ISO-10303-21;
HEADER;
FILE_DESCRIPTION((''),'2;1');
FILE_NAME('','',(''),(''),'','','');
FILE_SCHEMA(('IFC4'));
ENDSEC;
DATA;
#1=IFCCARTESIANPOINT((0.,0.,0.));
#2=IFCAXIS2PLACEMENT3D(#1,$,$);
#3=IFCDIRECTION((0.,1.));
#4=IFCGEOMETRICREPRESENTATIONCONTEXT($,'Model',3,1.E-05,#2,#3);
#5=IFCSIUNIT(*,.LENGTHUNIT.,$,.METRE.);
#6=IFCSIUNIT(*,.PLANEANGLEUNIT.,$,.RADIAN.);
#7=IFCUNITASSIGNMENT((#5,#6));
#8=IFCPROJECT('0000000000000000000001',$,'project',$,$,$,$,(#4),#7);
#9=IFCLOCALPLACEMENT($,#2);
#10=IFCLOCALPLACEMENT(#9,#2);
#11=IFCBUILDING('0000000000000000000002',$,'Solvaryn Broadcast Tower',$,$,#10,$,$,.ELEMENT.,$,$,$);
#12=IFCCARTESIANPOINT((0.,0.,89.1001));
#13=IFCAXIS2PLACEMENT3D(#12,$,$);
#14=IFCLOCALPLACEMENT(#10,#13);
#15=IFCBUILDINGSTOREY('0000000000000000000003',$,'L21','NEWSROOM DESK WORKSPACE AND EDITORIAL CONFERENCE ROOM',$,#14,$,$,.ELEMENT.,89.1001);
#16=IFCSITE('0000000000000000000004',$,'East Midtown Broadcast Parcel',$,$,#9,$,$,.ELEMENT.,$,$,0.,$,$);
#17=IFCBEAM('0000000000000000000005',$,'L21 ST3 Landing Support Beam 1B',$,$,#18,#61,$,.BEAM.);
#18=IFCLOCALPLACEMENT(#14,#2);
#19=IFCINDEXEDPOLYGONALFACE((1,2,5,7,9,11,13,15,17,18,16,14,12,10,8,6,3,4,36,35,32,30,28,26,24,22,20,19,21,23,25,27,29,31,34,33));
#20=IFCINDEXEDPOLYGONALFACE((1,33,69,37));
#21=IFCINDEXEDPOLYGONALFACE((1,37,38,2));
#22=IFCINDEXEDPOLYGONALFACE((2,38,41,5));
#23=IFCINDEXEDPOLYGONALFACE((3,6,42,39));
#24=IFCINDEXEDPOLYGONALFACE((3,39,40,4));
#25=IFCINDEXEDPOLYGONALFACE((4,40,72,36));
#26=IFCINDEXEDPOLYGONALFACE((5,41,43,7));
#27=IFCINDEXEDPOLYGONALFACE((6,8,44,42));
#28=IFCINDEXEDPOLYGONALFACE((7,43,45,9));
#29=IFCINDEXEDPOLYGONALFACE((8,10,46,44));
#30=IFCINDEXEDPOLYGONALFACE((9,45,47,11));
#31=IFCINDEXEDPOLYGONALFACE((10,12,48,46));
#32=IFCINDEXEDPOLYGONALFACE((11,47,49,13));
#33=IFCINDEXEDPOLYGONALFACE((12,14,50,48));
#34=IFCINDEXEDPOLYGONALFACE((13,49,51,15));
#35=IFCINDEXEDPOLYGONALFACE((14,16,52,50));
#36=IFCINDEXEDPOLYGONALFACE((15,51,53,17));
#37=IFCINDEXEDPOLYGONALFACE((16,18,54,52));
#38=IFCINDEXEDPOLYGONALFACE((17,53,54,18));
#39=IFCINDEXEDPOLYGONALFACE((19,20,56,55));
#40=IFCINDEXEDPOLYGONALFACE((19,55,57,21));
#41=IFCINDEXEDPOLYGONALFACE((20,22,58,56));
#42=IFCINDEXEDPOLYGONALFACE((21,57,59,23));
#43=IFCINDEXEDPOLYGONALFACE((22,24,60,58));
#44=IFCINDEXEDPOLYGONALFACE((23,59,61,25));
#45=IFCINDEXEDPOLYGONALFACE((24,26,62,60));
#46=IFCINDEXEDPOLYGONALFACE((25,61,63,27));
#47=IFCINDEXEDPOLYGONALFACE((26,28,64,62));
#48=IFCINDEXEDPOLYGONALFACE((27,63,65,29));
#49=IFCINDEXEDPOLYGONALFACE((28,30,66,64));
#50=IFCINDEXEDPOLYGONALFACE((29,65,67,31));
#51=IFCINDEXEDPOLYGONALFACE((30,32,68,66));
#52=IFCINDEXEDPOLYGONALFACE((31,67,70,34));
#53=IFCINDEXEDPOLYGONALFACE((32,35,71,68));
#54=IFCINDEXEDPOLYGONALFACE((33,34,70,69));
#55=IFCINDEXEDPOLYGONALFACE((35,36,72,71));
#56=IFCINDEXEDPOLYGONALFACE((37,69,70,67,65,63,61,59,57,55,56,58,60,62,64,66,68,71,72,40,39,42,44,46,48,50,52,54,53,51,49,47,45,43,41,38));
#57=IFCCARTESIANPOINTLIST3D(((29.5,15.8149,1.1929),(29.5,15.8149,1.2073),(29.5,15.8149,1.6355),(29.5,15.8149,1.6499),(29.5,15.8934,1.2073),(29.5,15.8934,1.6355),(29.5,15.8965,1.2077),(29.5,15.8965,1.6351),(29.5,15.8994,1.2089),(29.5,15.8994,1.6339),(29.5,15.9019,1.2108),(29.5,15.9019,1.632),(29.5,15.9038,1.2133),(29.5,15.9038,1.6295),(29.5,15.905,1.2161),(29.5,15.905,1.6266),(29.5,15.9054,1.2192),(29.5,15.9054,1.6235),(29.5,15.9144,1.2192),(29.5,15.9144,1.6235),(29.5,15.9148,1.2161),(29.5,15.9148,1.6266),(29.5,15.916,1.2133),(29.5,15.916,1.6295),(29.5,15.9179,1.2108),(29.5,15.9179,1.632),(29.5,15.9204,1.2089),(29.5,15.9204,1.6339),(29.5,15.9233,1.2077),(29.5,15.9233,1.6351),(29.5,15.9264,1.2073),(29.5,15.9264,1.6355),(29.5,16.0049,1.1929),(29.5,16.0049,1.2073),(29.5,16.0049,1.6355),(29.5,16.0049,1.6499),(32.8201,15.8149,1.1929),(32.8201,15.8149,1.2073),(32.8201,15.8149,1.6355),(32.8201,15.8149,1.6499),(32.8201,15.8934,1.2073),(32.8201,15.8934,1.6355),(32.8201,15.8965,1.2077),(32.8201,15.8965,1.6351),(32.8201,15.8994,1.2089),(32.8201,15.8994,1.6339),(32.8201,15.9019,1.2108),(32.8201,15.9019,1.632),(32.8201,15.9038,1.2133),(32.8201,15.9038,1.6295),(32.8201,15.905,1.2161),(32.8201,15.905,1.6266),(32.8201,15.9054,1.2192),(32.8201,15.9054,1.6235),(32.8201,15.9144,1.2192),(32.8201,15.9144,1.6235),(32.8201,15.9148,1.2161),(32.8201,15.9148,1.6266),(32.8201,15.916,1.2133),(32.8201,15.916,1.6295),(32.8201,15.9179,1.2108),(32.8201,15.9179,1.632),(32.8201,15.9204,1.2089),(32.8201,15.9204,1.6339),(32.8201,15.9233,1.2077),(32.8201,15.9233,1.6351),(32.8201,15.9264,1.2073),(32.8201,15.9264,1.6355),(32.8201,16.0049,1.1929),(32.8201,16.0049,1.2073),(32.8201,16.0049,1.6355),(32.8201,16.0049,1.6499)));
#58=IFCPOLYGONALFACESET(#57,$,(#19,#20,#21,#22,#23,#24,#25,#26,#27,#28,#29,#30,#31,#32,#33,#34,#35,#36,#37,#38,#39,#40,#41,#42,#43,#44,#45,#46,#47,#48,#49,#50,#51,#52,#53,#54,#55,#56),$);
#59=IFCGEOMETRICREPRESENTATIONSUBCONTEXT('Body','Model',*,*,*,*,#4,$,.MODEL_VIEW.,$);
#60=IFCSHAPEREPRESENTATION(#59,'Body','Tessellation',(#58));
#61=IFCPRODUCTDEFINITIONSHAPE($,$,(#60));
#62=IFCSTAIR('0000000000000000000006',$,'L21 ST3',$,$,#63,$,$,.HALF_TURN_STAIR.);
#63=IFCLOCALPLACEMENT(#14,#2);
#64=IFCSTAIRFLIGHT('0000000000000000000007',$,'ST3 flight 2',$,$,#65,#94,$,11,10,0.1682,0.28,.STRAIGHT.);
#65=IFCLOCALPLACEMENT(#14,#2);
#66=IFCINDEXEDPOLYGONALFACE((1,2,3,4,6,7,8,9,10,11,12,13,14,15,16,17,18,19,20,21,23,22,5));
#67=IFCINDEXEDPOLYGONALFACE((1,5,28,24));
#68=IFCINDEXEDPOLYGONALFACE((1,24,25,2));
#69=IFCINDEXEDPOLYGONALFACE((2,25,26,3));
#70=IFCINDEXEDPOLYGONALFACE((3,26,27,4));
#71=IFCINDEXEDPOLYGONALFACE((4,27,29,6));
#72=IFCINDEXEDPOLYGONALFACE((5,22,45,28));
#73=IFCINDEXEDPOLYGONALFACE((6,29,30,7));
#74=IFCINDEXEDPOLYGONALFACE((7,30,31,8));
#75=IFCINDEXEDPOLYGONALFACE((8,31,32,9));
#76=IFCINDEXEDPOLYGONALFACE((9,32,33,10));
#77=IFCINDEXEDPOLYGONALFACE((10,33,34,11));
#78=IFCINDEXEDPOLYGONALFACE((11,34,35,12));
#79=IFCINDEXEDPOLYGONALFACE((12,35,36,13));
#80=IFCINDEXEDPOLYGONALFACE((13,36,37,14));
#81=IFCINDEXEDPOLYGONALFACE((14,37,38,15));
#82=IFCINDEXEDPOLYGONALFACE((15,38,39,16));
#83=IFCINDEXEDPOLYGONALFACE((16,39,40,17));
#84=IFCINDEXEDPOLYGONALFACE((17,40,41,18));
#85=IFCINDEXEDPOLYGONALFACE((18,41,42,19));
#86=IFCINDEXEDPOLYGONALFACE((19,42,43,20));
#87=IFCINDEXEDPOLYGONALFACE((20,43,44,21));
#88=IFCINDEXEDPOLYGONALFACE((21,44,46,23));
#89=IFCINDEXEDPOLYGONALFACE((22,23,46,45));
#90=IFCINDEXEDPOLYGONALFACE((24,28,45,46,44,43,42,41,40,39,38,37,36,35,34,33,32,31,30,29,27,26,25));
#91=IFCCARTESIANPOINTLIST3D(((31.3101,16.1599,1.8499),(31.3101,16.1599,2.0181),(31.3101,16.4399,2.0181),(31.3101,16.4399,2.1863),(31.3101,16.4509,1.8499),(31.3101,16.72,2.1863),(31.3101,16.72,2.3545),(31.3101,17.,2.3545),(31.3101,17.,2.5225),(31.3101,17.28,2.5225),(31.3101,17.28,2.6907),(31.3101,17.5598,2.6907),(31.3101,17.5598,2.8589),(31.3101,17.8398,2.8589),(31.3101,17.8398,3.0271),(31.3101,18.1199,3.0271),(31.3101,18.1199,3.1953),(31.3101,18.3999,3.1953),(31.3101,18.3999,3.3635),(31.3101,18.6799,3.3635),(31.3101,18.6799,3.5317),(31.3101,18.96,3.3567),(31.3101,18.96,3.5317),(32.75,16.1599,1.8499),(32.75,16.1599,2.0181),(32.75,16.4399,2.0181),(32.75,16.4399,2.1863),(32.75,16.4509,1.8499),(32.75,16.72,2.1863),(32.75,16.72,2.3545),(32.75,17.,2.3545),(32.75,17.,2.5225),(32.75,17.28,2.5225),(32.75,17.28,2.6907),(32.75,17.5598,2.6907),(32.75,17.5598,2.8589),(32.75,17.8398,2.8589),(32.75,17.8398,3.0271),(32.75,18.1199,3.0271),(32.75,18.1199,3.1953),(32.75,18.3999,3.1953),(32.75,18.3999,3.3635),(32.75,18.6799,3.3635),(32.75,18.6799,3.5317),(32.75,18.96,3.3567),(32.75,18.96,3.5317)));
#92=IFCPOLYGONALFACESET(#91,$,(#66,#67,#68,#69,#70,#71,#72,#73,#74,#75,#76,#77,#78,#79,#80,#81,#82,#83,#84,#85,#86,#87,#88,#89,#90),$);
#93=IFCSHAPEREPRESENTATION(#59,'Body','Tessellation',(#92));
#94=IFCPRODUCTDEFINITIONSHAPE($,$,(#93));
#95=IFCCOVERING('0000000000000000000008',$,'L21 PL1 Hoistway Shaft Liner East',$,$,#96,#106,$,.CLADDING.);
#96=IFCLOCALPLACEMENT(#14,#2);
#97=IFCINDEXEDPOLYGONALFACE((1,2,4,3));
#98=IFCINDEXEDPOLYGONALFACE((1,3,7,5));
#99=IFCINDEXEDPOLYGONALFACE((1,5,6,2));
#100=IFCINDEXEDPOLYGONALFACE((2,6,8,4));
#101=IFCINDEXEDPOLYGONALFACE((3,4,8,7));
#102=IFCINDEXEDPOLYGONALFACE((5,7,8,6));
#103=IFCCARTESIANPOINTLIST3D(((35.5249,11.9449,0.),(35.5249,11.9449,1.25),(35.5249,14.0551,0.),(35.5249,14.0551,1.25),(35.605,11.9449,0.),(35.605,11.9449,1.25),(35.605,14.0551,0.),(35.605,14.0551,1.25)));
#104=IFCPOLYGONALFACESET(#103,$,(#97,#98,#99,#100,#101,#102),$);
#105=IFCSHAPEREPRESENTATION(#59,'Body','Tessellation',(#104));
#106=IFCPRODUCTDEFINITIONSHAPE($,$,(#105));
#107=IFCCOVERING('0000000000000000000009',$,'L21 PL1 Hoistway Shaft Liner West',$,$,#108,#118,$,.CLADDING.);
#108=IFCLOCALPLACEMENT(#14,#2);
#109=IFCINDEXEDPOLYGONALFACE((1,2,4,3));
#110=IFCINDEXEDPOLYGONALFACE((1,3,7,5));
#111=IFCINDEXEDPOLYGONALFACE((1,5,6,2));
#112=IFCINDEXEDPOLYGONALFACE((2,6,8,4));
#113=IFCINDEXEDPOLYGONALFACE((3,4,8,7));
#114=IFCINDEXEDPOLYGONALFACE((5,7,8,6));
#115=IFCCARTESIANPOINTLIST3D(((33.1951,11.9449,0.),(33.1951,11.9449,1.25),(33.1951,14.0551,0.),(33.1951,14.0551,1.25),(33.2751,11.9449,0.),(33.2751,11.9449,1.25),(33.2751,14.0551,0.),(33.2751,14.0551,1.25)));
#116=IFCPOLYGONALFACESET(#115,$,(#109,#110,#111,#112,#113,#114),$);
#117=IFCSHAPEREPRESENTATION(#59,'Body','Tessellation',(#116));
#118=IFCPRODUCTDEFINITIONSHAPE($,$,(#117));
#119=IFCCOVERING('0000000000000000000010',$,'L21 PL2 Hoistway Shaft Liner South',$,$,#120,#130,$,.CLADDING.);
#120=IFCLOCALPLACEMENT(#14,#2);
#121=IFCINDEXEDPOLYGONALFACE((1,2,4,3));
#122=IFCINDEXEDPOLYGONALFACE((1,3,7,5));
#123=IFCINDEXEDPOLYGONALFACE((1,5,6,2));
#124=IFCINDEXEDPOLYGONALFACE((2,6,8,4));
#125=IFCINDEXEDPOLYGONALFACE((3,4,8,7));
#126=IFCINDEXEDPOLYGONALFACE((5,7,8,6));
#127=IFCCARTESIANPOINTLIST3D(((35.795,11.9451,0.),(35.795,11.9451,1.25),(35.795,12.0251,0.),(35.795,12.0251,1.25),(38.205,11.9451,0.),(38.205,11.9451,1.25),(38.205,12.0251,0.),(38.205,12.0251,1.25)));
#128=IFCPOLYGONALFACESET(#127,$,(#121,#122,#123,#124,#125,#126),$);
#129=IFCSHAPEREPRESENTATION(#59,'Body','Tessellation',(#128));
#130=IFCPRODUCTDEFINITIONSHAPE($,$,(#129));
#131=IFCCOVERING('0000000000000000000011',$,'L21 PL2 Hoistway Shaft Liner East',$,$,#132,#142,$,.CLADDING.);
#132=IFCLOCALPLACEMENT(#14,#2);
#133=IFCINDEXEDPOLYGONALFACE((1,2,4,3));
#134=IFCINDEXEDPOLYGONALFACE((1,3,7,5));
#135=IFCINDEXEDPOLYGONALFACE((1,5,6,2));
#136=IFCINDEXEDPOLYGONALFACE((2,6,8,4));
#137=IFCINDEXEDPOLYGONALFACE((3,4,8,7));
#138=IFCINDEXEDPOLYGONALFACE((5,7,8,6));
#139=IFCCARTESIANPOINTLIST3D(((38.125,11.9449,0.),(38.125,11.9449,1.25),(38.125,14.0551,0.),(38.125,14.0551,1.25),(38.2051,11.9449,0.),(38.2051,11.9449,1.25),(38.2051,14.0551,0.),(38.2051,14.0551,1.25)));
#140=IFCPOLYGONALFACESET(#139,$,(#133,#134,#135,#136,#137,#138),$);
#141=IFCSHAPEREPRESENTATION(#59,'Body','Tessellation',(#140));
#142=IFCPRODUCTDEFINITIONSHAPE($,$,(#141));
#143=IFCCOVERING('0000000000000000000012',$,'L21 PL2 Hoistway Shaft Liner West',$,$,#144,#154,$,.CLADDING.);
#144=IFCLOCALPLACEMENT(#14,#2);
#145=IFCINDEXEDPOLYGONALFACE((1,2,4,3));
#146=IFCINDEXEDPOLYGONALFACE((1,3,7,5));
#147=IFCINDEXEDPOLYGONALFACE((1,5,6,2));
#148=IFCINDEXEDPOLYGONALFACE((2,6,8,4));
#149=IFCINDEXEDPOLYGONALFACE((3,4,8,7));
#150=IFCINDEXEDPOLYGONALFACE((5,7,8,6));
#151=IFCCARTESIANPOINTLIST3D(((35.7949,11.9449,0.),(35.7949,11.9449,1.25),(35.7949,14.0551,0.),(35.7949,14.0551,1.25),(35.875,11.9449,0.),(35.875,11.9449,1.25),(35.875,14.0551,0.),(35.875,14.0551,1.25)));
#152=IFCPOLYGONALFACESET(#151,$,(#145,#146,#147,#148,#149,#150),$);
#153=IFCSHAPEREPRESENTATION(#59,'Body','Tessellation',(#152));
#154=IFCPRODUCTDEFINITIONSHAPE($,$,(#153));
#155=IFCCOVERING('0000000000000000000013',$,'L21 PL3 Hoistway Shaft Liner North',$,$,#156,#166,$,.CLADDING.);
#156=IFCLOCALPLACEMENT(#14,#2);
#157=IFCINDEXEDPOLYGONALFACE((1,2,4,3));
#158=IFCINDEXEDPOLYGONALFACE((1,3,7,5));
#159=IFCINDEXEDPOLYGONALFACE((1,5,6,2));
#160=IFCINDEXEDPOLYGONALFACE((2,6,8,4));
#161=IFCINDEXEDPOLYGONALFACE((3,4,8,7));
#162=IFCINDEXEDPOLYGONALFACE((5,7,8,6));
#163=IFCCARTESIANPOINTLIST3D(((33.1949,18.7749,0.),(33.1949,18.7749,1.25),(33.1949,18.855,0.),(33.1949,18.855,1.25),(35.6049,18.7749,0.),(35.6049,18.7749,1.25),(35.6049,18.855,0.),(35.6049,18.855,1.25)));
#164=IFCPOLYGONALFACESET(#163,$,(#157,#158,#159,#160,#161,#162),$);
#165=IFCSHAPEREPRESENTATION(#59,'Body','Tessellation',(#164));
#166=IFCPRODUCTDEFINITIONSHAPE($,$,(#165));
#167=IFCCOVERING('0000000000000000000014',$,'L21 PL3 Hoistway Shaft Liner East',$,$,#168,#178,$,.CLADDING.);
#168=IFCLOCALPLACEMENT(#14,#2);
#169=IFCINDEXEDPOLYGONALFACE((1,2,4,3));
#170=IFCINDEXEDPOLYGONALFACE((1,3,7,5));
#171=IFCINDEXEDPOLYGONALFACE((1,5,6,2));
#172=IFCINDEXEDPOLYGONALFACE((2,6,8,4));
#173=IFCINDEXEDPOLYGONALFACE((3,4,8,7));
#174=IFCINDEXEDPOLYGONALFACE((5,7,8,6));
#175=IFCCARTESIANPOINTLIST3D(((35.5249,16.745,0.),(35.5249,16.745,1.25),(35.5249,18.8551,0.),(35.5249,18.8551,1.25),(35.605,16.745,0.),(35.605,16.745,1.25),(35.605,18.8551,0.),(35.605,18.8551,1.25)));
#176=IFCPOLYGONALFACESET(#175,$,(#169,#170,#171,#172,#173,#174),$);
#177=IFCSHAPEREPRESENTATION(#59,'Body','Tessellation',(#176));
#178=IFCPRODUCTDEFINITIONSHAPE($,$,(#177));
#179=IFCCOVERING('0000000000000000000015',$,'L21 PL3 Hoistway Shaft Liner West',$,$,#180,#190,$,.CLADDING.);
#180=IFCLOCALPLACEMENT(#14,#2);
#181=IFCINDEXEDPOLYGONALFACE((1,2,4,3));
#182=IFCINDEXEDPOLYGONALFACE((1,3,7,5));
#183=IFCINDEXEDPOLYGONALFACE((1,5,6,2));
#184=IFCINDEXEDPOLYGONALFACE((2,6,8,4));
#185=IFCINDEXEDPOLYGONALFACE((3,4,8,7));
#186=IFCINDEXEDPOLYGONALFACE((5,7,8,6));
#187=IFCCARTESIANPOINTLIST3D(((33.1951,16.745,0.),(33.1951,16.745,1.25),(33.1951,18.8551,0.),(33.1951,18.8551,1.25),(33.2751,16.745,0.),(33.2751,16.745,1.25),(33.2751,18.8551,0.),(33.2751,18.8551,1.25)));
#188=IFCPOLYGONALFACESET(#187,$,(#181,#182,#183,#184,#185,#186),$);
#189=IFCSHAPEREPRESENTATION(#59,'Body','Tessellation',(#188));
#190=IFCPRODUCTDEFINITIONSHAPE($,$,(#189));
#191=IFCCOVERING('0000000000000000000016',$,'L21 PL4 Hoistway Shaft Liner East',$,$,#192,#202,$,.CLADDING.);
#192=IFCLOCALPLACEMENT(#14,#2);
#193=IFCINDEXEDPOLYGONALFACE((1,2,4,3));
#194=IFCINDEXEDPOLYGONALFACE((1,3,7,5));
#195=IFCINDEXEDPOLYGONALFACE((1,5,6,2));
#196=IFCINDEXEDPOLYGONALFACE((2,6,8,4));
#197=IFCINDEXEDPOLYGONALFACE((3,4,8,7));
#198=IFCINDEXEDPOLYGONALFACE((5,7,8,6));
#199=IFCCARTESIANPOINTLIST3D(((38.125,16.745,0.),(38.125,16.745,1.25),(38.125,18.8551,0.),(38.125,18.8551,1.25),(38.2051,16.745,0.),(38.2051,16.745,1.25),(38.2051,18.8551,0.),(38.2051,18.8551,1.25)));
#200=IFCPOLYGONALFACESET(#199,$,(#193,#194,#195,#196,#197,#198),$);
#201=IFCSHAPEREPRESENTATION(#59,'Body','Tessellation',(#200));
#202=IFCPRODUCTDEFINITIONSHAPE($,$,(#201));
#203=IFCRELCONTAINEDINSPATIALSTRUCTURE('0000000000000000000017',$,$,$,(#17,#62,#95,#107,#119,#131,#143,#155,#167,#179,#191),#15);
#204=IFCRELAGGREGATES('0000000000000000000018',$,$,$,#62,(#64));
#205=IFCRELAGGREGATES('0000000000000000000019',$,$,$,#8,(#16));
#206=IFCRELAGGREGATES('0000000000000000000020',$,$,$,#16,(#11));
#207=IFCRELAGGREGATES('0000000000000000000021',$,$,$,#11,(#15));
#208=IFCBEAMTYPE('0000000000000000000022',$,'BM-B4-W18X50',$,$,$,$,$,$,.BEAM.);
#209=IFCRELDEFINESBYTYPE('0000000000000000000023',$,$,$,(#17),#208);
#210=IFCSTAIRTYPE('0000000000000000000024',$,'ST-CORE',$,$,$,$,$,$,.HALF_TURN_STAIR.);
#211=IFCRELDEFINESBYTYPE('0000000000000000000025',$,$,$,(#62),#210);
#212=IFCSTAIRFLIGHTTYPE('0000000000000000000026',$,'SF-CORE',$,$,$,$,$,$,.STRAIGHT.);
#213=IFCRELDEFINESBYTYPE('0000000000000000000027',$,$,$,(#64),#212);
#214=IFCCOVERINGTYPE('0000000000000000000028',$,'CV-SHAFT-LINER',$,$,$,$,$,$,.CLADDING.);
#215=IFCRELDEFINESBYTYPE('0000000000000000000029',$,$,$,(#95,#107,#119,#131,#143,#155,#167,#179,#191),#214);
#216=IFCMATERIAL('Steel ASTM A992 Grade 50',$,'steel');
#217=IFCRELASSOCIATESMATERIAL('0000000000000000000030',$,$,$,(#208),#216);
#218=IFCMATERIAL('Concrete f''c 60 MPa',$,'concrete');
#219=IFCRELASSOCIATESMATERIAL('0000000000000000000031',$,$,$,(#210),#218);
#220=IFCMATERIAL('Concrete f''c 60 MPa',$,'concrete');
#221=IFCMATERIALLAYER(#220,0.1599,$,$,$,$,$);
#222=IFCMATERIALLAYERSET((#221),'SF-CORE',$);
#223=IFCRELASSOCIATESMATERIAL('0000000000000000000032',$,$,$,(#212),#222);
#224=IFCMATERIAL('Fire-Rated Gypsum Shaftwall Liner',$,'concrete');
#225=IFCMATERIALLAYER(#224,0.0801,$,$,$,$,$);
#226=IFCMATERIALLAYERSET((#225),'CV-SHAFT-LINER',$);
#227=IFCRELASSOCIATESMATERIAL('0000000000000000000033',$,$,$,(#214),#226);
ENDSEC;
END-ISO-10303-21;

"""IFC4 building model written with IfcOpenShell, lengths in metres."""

from ifc_helpers import new_model, si_unit, direction, frame, origin, origin_2d, place, context, subcontext, project, spatial, polyline, rectangle, i_section, outline, extrude, material, layer, layer_set, material_profile, profile_set, type_object, element, aggregate, save


model = new_model("IFC4")

# Units and contexts
model_context = context("Model", 3, precision=1e-05, world=origin(), true_north=direction((0.0, 1.0)))
body_context = subcontext(model_context, "Body", "Model", "MODEL_VIEW")
ifc_project = project(units=[si_unit("LENGTHUNIT", "METRE"), si_unit("PLANEANGLEUNIT", "RADIAN")], contexts=[model_context])

# Site, building, storey
site_placement = place(None, origin())
site = spatial("IfcSite", under=ifc_project, at=site_placement, Name="East Midtown Broadcast Parcel", CompositionType="ELEMENT", RefElevation=0.0)
building_placement = place(site_placement, origin())
building = spatial("IfcBuilding", under=site, at=building_placement, Name="Solvaryn Broadcast Tower", CompositionType="ELEMENT")
storey_placement = place(building_placement, frame((0.0, 0.0, 89.1001)))
storey = spatial("IfcBuildingStorey", under=building, at=storey_placement, Name="L21", Description="NEWSROOM DESK WORKSPACE AND EDITORIAL CONFERENCE ROOM", CompositionType="ELEMENT", Elevation=89.1001)

# Beam
ifc_material_1 = material(Name="Steel ASTM A992 Grade 50", Category="steel")
ifc_material_profile_1 = material_profile(ifc_material_1, i_section(OverallWidth=0.1899, OverallDepth=0.457, WebThickness=0.009, FlangeThickness=0.0144, FilletRadius=0.012, at=origin_2d()))
ifc_profile_set_1 = profile_set([ifc_material_profile_1], Name="Steel ASTM A992 Grade 50")
beam_type_1 = type_object("IfcBeamType", Name="BM-B4-W18X50", PredefinedType="BEAM", material=ifc_profile_set_1)
beam_1_placement = place(storey_placement, frame((29.5, 15.9099, 1.4214), z_axis=(1.0, 0.0, 0.0), x_axis=(0.0, 1.0, 0.0)))
element("IfcBeam", 1, at=beam_1_placement, inside=storey, type_object=beam_type_1, Name="L21 ST3 Landing Support Beam 1B", PredefinedType="BEAM", context=body_context, shape_type="SweptSolid", body=[
    extrude(i_section(OverallWidth=0.1899, OverallDepth=0.457, WebThickness=0.009, FlangeThickness=0.0144, FilletRadius=0.012, at=origin_2d()), origin(), (0.0, 0.0, 1.0), 3.3201),
])

# Stair, stair flight
ifc_material_2 = material(Name="Concrete f'c 60 MPa", Category="concrete")
stair_type = type_object("IfcStairType", Name="ST-CORE", PredefinedType="HALF_TURN_STAIR", material=ifc_material_2)
stair_placement = place(storey_placement, origin())
stair = element("IfcStair", 2, at=stair_placement, inside=storey, type_object=stair_type, Name="L21 ST3", PredefinedType="HALF_TURN_STAIR")
ifc_material_3 = material(Name="Concrete f'c 60 MPa", Category="concrete")
ifc_layer_1 = layer(ifc_material_3, 0.1599)
ifc_layer_set_1 = layer_set([ifc_layer_1], Name="SF-CORE")
stair_flight_type = type_object("IfcStairFlightType", Name="SF-CORE", PredefinedType="STRAIGHT", material=ifc_layer_set_1)
stair_flight_placement = place(storey_placement, frame((32.03, 16.1599, 1.8499), z_axis=(0.0, 0.0, 1.0), x_axis=(0.0, 1.0, 0.0)))
stair_flight = element("IfcStairFlight", 3, at=stair_flight_placement, type_object=stair_flight_type, Name="ST3 flight 2", NumberOfRisers=11, NumberOfTreads=10, PredefinedType="STRAIGHT", RiserHeight=0.1682, TreadLength=0.28, context=body_context, shape_type="SweptSolid", body=[
    extrude(outline(polyline([(0.0, 0.0), (0.0, 0.1682), (0.28, 0.1682), (0.28, 0.3364), (0.5601, 0.3364), (0.5601, 0.5046), (0.8401, 0.5046), (0.8401, 0.6726), (1.1201, 0.6726), (1.1201, 0.8408), (1.3999, 0.8408), (1.3999, 1.009), (1.6799, 1.009), (1.6799, 1.1772), (1.96, 1.1772), (1.96, 1.3455), (2.24, 1.3455), (2.24, 1.5137), (2.52, 1.5137), (2.52, 1.6819), (2.8, 1.6819), (2.8, 1.8501), (2.8, 1.5068), (0.291, 0.0), (0.0, 0.0)])), frame((0.0, 0.72, 0.0), z_axis=(0.0, -1.0, 0.0), x_axis=(1.0, 0.0, 0.0)), (0.0, 0.0, 1.0), 1.4399),
])
aggregate(stair, [stair_flight])

# Coverings
ifc_material_4 = material(Name="Fire-Rated Gypsum Shaftwall Liner", Category="concrete")
ifc_layer_2 = layer(ifc_material_4, 0.0801)
ifc_layer_set_2 = layer_set([ifc_layer_2], Name="CV-SHAFT-LINER")
covering_type = type_object("IfcCoveringType", Name="CV-SHAFT-LINER", PredefinedType="CLADDING", material=ifc_layer_set_2)
for number, where, z_axis, x_axis, name in (
    (4, (35.5649, 13.0, 0.0), (0.0, 0.0, 1.0), (1.0, 0.0, 0.0), "L21 PL1 Hoistway Shaft Liner East"),
    (5, (33.2351, 13.0, 0.0), (0.0, 0.0, 1.0), (1.0, 0.0, 0.0), "L21 PL1 Hoistway Shaft Liner West"),
):
    element("IfcCovering", number, at=place(storey_placement, frame(where, z_axis=z_axis, x_axis=x_axis)), inside=storey, type_object=covering_type, Name=name, PredefinedType="CLADDING", context=body_context, shape_type="SweptSolid", body=[
        extrude(rectangle(XDim=0.0801, YDim=2.1101, at=origin_2d()), origin(), (0.0, 0.0, 1.0), 1.25),
    ])
covering_1_placement = place(storey_placement, frame((37.0, 11.9851, 0.0), z_axis=(0.0, 0.0, 1.0), x_axis=(1.0, 0.0, 0.0)))
element("IfcCovering", 6, at=covering_1_placement, inside=storey, type_object=covering_type, Name="L21 PL2 Hoistway Shaft Liner South", PredefinedType="CLADDING", context=body_context, shape_type="SweptSolid", body=[
    extrude(rectangle(XDim=2.4099, YDim=0.0801, at=origin_2d()), origin(), (0.0, 0.0, 1.0), 1.25),
])
for number, where, z_axis, x_axis, name in (
    (7, (38.165, 13.0, 0.0), (0.0, 0.0, 1.0), (1.0, 0.0, 0.0), "L21 PL2 Hoistway Shaft Liner East"),
    (8, (35.835, 13.0, 0.0), (0.0, 0.0, 1.0), (1.0, 0.0, 0.0), "L21 PL2 Hoistway Shaft Liner West"),
):
    element("IfcCovering", number, at=place(storey_placement, frame(where, z_axis=z_axis, x_axis=x_axis)), inside=storey, type_object=covering_type, Name=name, PredefinedType="CLADDING", context=body_context, shape_type="SweptSolid", body=[
        extrude(rectangle(XDim=0.0801, YDim=2.1101, at=origin_2d()), origin(), (0.0, 0.0, 1.0), 1.25),
    ])
covering_2_placement = place(storey_placement, frame((34.3999, 18.8149, 0.0), z_axis=(0.0, 0.0, 1.0), x_axis=(1.0, 0.0, 0.0)))
element("IfcCovering", 9, at=covering_2_placement, inside=storey, type_object=covering_type, Name="L21 PL3 Hoistway Shaft Liner North", PredefinedType="CLADDING", context=body_context, shape_type="SweptSolid", body=[
    extrude(rectangle(XDim=2.4099, YDim=0.0801, at=origin_2d()), origin(), (0.0, 0.0, 1.0), 1.25),
])
for number, where, z_axis, x_axis, name in (
    (10, (35.5649, 17.8, 0.0), (0.0, 0.0, 1.0), (1.0, 0.0, 0.0), "L21 PL3 Hoistway Shaft Liner East"),
    (11, (33.2351, 17.8, 0.0), (0.0, 0.0, 1.0), (1.0, 0.0, 0.0), "L21 PL3 Hoistway Shaft Liner West"),
    (12, (38.165, 17.8, 0.0), (0.0, 0.0, 1.0), (1.0, 0.0, 0.0), "L21 PL4 Hoistway Shaft Liner East"),
):
    element("IfcCovering", number, at=place(storey_placement, frame(where, z_axis=z_axis, x_axis=x_axis)), inside=storey, type_object=covering_type, Name=name, PredefinedType="CLADDING", context=body_context, shape_type="SweptSolid", body=[
        extrude(rectangle(XDim=0.0801, YDim=2.1101, at=origin_2d()), origin(), (0.0, 0.0, 1.0), 1.25),
    ])

save(model, "model.ifc")
